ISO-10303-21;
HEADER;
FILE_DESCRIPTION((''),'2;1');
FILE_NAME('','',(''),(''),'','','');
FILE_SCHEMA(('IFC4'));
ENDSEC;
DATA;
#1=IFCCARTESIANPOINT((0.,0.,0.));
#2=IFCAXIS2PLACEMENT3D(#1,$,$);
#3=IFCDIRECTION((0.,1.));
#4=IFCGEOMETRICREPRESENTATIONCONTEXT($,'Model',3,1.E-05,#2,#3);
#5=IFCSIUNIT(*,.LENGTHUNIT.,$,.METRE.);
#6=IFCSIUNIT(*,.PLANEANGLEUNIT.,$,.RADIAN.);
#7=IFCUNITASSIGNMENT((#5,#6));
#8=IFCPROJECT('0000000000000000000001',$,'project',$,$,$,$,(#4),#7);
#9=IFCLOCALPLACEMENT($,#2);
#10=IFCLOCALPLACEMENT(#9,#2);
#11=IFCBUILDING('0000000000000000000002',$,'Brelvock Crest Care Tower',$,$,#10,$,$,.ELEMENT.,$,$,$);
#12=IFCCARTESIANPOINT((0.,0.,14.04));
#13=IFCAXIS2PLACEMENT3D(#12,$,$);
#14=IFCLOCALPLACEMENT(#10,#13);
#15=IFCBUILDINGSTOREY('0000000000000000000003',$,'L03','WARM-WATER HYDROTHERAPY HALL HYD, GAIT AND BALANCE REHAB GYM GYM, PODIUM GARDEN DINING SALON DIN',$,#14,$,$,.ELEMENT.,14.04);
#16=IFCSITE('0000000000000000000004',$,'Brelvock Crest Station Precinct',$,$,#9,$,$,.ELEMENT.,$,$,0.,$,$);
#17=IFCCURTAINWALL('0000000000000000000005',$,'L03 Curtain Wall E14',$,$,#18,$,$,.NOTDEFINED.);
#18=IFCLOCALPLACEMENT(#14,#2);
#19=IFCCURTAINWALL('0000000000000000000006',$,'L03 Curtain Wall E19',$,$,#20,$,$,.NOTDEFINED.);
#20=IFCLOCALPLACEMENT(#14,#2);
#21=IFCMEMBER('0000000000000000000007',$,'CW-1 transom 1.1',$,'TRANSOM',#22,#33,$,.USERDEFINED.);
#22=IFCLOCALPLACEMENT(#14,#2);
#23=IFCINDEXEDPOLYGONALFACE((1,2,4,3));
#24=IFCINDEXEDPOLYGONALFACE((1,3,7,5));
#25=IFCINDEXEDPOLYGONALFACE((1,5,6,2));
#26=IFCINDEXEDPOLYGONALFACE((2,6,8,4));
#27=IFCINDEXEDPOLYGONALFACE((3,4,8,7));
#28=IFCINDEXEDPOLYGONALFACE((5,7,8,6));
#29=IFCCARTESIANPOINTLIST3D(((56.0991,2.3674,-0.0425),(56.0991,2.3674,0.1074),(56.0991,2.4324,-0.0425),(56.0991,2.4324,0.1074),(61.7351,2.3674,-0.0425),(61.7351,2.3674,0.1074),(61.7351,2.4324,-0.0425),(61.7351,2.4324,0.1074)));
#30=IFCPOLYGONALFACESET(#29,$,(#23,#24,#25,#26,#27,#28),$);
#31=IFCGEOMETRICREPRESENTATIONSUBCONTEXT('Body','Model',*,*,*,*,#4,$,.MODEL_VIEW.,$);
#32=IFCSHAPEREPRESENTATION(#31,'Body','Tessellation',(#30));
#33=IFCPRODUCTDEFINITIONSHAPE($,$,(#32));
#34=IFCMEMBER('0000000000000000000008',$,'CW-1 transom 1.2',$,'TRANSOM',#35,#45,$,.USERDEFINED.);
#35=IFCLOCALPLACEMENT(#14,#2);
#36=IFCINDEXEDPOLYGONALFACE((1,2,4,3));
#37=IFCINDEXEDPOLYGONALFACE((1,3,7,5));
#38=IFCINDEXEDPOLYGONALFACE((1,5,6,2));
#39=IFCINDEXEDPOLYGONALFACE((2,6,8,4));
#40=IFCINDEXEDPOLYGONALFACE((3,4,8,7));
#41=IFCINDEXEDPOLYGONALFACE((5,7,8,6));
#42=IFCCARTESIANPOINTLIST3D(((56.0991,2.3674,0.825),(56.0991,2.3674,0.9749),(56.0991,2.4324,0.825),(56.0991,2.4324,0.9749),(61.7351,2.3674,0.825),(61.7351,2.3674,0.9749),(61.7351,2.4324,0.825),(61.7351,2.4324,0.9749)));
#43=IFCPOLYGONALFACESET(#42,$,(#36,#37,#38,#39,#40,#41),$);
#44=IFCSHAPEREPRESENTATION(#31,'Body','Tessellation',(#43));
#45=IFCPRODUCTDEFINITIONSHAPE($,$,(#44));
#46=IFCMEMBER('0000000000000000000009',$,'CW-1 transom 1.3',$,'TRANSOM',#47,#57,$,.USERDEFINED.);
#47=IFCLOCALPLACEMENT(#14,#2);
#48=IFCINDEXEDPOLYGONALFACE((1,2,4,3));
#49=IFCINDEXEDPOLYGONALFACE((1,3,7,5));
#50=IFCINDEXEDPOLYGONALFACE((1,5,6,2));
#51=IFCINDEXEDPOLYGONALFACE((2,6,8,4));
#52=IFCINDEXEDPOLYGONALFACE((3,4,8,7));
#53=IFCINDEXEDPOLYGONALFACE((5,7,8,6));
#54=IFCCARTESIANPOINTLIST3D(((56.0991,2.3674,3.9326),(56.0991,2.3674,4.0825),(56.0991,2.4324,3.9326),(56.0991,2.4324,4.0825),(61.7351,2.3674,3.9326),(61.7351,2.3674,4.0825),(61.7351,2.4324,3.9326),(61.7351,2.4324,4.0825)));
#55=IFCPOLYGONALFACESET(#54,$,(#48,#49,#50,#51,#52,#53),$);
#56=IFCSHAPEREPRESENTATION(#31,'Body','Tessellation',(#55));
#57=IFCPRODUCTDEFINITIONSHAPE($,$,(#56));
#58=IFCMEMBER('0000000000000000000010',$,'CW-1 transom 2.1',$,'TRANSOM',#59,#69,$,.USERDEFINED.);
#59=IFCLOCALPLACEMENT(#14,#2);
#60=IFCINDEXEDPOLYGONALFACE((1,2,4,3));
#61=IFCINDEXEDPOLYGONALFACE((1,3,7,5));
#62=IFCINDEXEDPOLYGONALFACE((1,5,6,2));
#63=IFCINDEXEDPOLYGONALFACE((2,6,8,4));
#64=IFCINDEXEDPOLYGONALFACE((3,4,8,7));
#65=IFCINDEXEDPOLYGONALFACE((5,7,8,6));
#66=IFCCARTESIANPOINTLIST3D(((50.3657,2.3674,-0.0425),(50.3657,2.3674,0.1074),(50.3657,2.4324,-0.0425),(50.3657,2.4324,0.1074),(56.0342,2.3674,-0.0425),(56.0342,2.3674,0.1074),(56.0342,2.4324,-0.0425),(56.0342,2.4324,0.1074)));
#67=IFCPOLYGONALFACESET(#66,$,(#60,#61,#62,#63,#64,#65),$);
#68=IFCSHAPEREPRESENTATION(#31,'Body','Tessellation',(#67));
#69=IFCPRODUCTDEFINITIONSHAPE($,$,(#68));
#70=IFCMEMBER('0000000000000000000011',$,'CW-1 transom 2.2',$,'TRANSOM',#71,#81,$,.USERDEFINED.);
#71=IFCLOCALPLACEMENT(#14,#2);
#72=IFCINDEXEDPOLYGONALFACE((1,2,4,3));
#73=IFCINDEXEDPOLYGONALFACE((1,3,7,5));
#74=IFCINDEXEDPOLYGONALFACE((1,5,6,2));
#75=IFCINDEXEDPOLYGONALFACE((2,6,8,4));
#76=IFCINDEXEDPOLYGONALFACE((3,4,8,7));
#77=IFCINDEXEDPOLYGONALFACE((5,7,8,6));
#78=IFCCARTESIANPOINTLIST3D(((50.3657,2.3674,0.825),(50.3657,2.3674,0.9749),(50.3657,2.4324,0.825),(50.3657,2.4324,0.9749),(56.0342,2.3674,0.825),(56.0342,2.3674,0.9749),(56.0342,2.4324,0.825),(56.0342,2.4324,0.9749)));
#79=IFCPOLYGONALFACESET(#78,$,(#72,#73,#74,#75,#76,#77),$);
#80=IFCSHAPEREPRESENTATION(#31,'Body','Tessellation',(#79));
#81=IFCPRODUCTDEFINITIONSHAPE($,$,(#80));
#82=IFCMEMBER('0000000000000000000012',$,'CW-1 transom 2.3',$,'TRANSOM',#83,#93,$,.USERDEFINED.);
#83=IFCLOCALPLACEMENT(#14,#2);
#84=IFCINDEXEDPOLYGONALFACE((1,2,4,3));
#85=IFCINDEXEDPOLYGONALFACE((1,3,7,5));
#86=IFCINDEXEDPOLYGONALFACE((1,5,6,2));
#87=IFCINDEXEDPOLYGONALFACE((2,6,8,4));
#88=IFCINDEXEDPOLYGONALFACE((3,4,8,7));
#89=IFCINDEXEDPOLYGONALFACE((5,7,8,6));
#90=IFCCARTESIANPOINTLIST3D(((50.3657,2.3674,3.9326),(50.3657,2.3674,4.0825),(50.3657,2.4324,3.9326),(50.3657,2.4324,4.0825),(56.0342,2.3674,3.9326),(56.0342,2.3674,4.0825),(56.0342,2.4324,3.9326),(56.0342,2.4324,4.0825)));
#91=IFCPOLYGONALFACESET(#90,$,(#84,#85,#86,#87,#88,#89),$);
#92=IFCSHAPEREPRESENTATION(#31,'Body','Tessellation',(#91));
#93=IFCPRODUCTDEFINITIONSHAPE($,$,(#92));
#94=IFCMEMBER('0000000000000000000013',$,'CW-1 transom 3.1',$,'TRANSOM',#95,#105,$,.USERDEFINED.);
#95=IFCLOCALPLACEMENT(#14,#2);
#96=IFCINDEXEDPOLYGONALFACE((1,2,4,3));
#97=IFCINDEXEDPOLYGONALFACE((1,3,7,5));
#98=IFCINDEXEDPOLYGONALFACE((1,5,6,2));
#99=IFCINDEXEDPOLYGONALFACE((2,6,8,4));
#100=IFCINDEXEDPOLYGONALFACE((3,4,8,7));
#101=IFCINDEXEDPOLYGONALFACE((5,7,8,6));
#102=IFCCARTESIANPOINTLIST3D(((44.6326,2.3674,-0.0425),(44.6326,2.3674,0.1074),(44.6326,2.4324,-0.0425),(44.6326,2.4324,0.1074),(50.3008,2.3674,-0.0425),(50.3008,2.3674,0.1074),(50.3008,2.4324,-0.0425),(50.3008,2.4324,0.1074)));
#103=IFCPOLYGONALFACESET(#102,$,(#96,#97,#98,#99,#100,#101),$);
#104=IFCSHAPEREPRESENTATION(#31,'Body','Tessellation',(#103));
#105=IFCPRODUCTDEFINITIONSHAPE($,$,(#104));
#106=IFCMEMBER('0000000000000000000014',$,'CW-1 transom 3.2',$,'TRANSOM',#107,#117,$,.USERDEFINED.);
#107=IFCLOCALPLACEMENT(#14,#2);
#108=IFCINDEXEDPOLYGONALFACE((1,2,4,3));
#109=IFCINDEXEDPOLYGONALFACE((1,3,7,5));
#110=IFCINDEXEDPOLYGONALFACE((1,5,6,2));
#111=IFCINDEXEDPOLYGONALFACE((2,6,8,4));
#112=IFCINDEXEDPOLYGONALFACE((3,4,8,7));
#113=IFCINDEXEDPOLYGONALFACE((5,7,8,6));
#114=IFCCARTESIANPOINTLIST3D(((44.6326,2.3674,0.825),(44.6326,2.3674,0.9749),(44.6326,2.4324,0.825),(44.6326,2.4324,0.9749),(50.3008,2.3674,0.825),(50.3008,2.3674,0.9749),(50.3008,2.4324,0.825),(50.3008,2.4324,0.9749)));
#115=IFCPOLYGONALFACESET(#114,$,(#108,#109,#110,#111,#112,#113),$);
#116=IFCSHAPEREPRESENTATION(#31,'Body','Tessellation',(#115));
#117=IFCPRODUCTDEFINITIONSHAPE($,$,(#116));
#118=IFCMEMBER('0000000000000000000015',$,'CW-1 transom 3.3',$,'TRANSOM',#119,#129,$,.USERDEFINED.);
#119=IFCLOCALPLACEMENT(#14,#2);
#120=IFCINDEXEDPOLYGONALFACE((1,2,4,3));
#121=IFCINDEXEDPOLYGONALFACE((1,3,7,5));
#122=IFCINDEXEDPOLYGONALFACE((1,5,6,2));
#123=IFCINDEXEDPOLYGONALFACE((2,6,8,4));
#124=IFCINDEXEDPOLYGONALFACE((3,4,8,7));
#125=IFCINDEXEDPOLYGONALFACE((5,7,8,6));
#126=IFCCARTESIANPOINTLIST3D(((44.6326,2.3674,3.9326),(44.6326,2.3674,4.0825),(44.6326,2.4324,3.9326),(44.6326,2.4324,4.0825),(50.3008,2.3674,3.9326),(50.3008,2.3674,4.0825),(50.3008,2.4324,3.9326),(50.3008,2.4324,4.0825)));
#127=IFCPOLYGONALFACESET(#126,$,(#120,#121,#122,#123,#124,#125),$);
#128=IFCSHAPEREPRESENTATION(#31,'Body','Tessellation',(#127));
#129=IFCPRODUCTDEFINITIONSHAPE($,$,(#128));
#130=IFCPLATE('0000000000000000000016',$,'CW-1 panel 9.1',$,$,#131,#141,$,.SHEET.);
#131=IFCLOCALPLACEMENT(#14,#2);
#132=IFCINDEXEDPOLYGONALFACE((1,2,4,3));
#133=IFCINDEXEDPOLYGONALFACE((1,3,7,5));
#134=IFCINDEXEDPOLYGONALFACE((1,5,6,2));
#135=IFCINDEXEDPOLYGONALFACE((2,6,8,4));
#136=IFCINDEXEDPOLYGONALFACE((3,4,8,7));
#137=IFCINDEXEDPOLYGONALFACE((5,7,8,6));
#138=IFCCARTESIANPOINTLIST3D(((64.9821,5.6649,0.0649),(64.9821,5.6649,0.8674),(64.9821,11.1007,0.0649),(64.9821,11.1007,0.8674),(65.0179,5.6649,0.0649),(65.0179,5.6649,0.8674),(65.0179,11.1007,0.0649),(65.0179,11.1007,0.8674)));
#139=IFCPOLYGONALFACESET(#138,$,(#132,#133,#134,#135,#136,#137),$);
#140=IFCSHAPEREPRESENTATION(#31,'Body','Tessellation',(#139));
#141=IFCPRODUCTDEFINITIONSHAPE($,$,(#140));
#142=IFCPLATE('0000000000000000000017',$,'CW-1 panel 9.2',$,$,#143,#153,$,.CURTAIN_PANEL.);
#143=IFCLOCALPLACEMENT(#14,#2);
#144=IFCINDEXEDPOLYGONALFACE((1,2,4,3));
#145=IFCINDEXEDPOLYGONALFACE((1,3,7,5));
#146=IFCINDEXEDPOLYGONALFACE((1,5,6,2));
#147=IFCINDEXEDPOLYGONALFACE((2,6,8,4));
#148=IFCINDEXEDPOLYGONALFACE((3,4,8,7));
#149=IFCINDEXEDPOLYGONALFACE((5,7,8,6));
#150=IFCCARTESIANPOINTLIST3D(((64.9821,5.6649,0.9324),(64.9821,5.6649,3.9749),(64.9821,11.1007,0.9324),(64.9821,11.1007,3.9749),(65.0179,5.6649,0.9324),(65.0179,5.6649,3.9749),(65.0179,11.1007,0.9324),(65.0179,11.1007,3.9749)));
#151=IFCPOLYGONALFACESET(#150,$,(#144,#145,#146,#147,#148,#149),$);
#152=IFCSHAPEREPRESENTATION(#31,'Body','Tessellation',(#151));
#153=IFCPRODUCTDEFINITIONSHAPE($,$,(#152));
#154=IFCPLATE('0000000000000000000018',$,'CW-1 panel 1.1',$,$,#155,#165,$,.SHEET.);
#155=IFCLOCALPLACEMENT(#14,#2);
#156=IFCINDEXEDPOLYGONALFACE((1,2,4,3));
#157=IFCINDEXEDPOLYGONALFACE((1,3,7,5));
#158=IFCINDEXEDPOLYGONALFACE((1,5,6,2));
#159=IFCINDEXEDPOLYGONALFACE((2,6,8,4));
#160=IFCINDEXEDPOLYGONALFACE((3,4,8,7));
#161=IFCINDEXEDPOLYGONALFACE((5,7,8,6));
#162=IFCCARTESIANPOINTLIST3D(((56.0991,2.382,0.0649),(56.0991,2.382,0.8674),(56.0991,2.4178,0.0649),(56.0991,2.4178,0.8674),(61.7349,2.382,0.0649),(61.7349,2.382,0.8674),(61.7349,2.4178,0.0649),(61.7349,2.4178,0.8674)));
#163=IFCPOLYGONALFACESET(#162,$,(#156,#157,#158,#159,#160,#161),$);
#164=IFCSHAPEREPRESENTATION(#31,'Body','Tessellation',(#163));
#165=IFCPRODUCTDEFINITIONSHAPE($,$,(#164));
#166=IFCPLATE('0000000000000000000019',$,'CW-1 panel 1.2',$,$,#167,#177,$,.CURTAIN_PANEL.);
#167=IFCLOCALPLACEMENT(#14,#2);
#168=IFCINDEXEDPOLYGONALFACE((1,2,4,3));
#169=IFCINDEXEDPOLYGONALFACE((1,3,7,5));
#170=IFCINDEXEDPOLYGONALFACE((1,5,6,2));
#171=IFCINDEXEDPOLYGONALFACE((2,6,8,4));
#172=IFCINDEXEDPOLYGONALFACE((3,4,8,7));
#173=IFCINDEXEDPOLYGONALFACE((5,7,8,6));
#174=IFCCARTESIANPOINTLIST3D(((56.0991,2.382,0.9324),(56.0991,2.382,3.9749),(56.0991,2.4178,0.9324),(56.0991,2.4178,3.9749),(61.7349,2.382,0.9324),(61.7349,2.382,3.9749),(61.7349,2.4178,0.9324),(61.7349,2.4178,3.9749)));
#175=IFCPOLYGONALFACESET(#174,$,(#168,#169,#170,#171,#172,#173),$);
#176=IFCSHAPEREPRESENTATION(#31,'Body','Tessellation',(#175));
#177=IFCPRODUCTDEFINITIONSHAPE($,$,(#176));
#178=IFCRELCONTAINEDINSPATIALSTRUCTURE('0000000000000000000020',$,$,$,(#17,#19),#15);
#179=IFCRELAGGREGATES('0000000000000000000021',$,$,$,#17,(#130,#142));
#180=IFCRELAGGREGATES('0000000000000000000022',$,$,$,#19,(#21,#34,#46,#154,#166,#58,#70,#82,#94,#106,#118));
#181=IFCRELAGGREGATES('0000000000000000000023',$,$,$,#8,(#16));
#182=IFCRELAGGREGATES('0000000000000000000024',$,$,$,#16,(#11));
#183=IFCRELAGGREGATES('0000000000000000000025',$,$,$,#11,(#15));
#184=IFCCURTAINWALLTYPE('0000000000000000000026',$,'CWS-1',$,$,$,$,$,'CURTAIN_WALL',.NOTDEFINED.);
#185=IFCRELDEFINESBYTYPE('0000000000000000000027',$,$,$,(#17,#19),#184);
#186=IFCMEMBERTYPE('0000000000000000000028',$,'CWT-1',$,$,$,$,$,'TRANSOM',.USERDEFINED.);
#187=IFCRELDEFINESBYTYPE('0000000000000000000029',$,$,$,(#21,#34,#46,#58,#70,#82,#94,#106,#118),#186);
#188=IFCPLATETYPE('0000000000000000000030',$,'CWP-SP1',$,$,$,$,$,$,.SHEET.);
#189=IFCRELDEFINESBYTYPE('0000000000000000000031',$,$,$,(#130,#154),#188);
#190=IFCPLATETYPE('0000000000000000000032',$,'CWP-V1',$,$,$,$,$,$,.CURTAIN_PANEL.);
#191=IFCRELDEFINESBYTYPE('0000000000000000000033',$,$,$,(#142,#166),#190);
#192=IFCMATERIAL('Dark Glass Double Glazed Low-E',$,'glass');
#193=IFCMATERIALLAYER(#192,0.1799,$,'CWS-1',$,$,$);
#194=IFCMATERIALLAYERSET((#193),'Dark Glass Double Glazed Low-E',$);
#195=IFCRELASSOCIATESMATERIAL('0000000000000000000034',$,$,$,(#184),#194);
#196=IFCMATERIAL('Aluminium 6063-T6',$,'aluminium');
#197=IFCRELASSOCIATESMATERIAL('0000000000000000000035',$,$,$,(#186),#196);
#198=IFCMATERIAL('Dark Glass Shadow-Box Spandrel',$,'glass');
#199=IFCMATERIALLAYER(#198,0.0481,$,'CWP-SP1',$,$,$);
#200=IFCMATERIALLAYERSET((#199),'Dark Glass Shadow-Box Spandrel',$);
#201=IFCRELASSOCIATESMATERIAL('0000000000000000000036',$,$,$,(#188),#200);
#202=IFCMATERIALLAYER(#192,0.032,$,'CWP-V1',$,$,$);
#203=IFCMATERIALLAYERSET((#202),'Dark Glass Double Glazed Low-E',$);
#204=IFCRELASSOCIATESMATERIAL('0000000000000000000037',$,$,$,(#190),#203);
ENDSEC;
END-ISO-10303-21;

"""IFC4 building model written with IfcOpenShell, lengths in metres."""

from ifc_helpers import new_model, si_unit, direction, frame, origin, origin_2d, place, context, subcontext, project, spatial, rectangle, extrude, source, transform, mapped, material, layer, layer_set, material_profile, profile_set, type_object, element, aggregate, save


model = new_model("IFC4")

# Units and contexts
model_context = context("Model", 3, precision=1e-05, world=origin(), true_north=direction((0.0, 1.0)))
body_context = subcontext(model_context, "Body", "Model", "MODEL_VIEW")
ifc_project = project(units=[si_unit("LENGTHUNIT", "METRE"), si_unit("PLANEANGLEUNIT", "RADIAN")], contexts=[model_context])

# Site, building, storey
site_placement = place(None, origin())
site = spatial("IfcSite", under=ifc_project, at=site_placement, Name="Brelvock Crest Station Precinct", CompositionType="ELEMENT", RefElevation=0.0)
building_placement = place(site_placement, origin())
building = spatial("IfcBuilding", under=site, at=building_placement, Name="Brelvock Crest Care Tower", CompositionType="ELEMENT")
storey_placement = place(building_placement, frame((0.0, 0.0, 14.04)))
storey = spatial("IfcBuildingStorey", under=building, at=storey_placement, Name="L03", Description="WARM-WATER HYDROTHERAPY HALL HYD, GAIT AND BALANCE REHAB GYM GYM, PODIUM GARDEN DINING SALON DIN", CompositionType="ELEMENT", Elevation=14.04)

# Curtain wall
ifc_material_1 = material(Name="Dark Glass Double Glazed Low-E", Category="glass")
ifc_layer_1 = layer(ifc_material_1, 0.1799, Name="CWS-1")
ifc_layer_set_1 = layer_set([ifc_layer_1], Name="Dark Glass Double Glazed Low-E")
curtain_wall_type = type_object("IfcCurtainWallType", Name="CWS-1", ElementType="CURTAIN_WALL", PredefinedType="NOTDEFINED", material=ifc_layer_set_1)
curtain_wall_1_placement = place(storey_placement, origin())
curtain_wall_1 = element("IfcCurtainWall", 1, at=curtain_wall_1_placement, inside=storey, type_object=curtain_wall_type, Name="L03 Curtain Wall E14", PredefinedType="NOTDEFINED")
ifc_material_2 = material(Name="Aluminium 6063-T6", Category="aluminium")

# Curtain wall
curtain_wall_2_placement = place(storey_placement, origin())
curtain_wall_2 = element("IfcCurtainWall", 2, at=curtain_wall_2_placement, inside=storey, type_object=curtain_wall_type, Name="L03 Curtain Wall E19", PredefinedType="NOTDEFINED")

# Members
ifc_material_profile_1 = material_profile(ifc_material_2, rectangle(XDim=0.0649, YDim=0.1499, at=origin_2d()), Name="ALU65x150")
ifc_profile_set_1 = profile_set([ifc_material_profile_1], Name="Aluminium 6063-T6")
member_type_1 = type_object("IfcMemberType", Name="CWT-1", ElementType="TRANSOM", PredefinedType="USERDEFINED", material=ifc_profile_set_1)
shared_shape_1 = source(origin(), body_context, "Body", "SweptSolid", [
    extrude(rectangle(XDim=0.0649, YDim=0.1499, at=origin_2d()), origin(), (0.0, 0.0, 1.0), 5.636),
])
member_1_placement = place(storey_placement, frame((61.7351, 2.3999, 0.0325), z_axis=(-1.0, 0.0, 0.0), x_axis=(0.0, -1.0, 0.0)))
member_1 = element("IfcMember", 3, at=member_1_placement, type_object=member_type_1, Name="CW-1 transom 1.1", ObjectType="TRANSOM", PredefinedType="USERDEFINED", context=body_context, shape_type="MappedRepresentation", body=[
    mapped(shared_shape_1, transform((0.0, 0.0, 0.0), x_axis=(1.0, 0.0, 0.0), y_axis=(0.0, 1.0, 0.0), z_axis=(0.0, 0.0, 1.0), scale=1.0)),
])
member_2_placement = place(storey_placement, frame((61.7351, 2.3999, 0.8999), z_axis=(-1.0, 0.0, 0.0), x_axis=(0.0, -1.0, 0.0)))
member_2 = element("IfcMember", 4, at=member_2_placement, type_object=member_type_1, Name="CW-1 transom 1.2", ObjectType="TRANSOM", PredefinedType="USERDEFINED", context=body_context, shape_type="MappedRepresentation", body=[
    mapped(shared_shape_1, transform((0.0, 0.0, 0.0), x_axis=(1.0, 0.0, 0.0), y_axis=(0.0, 1.0, 0.0), z_axis=(0.0, 0.0, 1.0), scale=1.0)),
])
member_3_placement = place(storey_placement, frame((61.7351, 2.3999, 4.0076), z_axis=(-1.0, 0.0, 0.0), x_axis=(0.0, -1.0, 0.0)))
member_3 = element("IfcMember", 5, at=member_3_placement, type_object=member_type_1, Name="CW-1 transom 1.3", ObjectType="TRANSOM", PredefinedType="USERDEFINED", context=body_context, shape_type="MappedRepresentation", body=[
    mapped(shared_shape_1, transform((0.0, 0.0, 0.0), x_axis=(1.0, 0.0, 0.0), y_axis=(0.0, 1.0, 0.0), z_axis=(0.0, 0.0, 1.0), scale=1.0)),
])
shared_shape_2 = source(origin(), body_context, "Body", "SweptSolid", [
    extrude(rectangle(XDim=0.0649, YDim=0.1499, at=origin_2d()), origin(), (0.0, 0.0, 1.0), 5.6685),
])
member_4_placement = place(storey_placement, frame((56.0342, 2.3999, 0.0325), z_axis=(-1.0, 0.0, 0.0), x_axis=(0.0, -1.0, 0.0)))
member_4 = element("IfcMember", 6, at=member_4_placement, type_object=member_type_1, Name="CW-1 transom 2.1", ObjectType="TRANSOM", PredefinedType="USERDEFINED", context=body_context, shape_type="MappedRepresentation", body=[
    mapped(shared_shape_2, transform((0.0, 0.0, 0.0), x_axis=(1.0, 0.0, 0.0), y_axis=(0.0, 1.0, 0.0), z_axis=(0.0, 0.0, 1.0), scale=1.0)),
])
member_5_placement = place(storey_placement, frame((56.0342, 2.3999, 0.8999), z_axis=(-1.0, 0.0, 0.0), x_axis=(0.0, -1.0, 0.0)))
member_5 = element("IfcMember", 7, at=member_5_placement, type_object=member_type_1, Name="CW-1 transom 2.2", ObjectType="TRANSOM", PredefinedType="USERDEFINED", context=body_context, shape_type="MappedRepresentation", body=[
    mapped(shared_shape_2, transform((0.0, 0.0, 0.0), x_axis=(1.0, 0.0, 0.0), y_axis=(0.0, 1.0, 0.0), z_axis=(0.0, 0.0, 1.0), scale=1.0)),
])
member_6_placement = place(storey_placement, frame((56.0342, 2.3999, 4.0076), z_axis=(-1.0, 0.0, 0.0), x_axis=(0.0, -1.0, 0.0)))
member_6 = element("IfcMember", 8, at=member_6_placement, type_object=member_type_1, Name="CW-1 transom 2.3", ObjectType="TRANSOM", PredefinedType="USERDEFINED", context=body_context, shape_type="MappedRepresentation", body=[
    mapped(shared_shape_2, transform((0.0, 0.0, 0.0), x_axis=(1.0, 0.0, 0.0), y_axis=(0.0, 1.0, 0.0), z_axis=(0.0, 0.0, 1.0), scale=1.0)),
])
shared_shape_3 = source(origin(), body_context, "Body", "SweptSolid", [
    extrude(rectangle(XDim=0.0649, YDim=0.1499, at=origin_2d()), origin(), (0.0, 0.0, 1.0), 5.6682),
])
member_7_placement = place(storey_placement, frame((50.3008, 2.3999, 0.0325), z_axis=(-1.0, 0.0, 0.0), x_axis=(0.0, -1.0, 0.0)))
member_7 = element("IfcMember", 9, at=member_7_placement, type_object=member_type_1, Name="CW-1 transom 3.1", ObjectType="TRANSOM", PredefinedType="USERDEFINED", context=body_context, shape_type="MappedRepresentation", body=[
    mapped(shared_shape_3, transform((0.0, 0.0, 0.0), x_axis=(1.0, 0.0, 0.0), y_axis=(0.0, 1.0, 0.0), z_axis=(0.0, 0.0, 1.0), scale=1.0)),
])
member_8_placement = place(storey_placement, frame((50.3008, 2.3999, 0.8999), z_axis=(-1.0, 0.0, 0.0), x_axis=(0.0, -1.0, 0.0)))
member_8 = element("IfcMember", 10, at=member_8_placement, type_object=member_type_1, Name="CW-1 transom 3.2", ObjectType="TRANSOM", PredefinedType="USERDEFINED", context=body_context, shape_type="MappedRepresentation", body=[
    mapped(shared_shape_3, transform((0.0, 0.0, 0.0), x_axis=(1.0, 0.0, 0.0), y_axis=(0.0, 1.0, 0.0), z_axis=(0.0, 0.0, 1.0), scale=1.0)),
])
member_9_placement = place(storey_placement, frame((50.3008, 2.3999, 4.0076), z_axis=(-1.0, 0.0, 0.0), x_axis=(0.0, -1.0, 0.0)))
member_9 = element("IfcMember", 11, at=member_9_placement, type_object=member_type_1, Name="CW-1 transom 3.3", ObjectType="TRANSOM", PredefinedType="USERDEFINED", context=body_context, shape_type="MappedRepresentation", body=[
    mapped(shared_shape_3, transform((0.0, 0.0, 0.0), x_axis=(1.0, 0.0, 0.0), y_axis=(0.0, 1.0, 0.0), z_axis=(0.0, 0.0, 1.0), scale=1.0)),
])

# Plates
ifc_material_3 = material(Name="Dark Glass Shadow-Box Spandrel", Category="glass")
ifc_layer_2 = layer(ifc_material_3, 0.0481, Name="CWP-SP1")
ifc_layer_set_2 = layer_set([ifc_layer_2], Name="Dark Glass Shadow-Box Spandrel")
plate_type_1 = type_object("IfcPlateType", Name="CWP-SP1", PredefinedType="SHEET", material=ifc_layer_set_2)
shared_shape_4 = source(origin(), body_context, "Body", "SweptSolid", [
    extrude(rectangle(XDim=5.4358, YDim=0.0359, at=origin_2d()), origin(), (0.0, 0.0, 1.0), 0.8025),
])
plate_1_placement = place(storey_placement, frame((65.0, 8.3828, 0.0649), z_axis=(0.0, 0.0, 1.0), x_axis=(0.0, -1.0, 0.0)))
plate_1 = element("IfcPlate", 12, at=plate_1_placement, type_object=plate_type_1, Name="CW-1 panel 9.1", PredefinedType="SHEET", context=body_context, shape_type="MappedRepresentation", body=[
    mapped(shared_shape_4, transform((0.0, 0.0, 0.0), x_axis=(1.0, 0.0, 0.0), y_axis=(0.0, 1.0, 0.0), z_axis=(0.0, 0.0, 1.0), scale=1.0)),
])
ifc_layer_3 = layer(ifc_material_1, 0.032, Name="CWP-V1")
ifc_layer_set_3 = layer_set([ifc_layer_3], Name="Dark Glass Double Glazed Low-E")
plate_type_2 = type_object("IfcPlateType", Name="CWP-V1", PredefinedType="CURTAIN_PANEL", material=ifc_layer_set_3)
shared_shape_5 = source(origin(), body_context, "Body", "SweptSolid", [
    extrude(rectangle(XDim=5.4358, YDim=0.0359, at=origin_2d()), origin(), (0.0, 0.0, 1.0), 3.0425),
])
plate_2_placement = place(storey_placement, frame((65.0, 8.3828, 0.9324), z_axis=(0.0, 0.0, 1.0), x_axis=(0.0, -1.0, 0.0)))
plate_2 = element("IfcPlate", 13, at=plate_2_placement, type_object=plate_type_2, Name="CW-1 panel 9.2", PredefinedType="CURTAIN_PANEL", context=body_context, shape_type="MappedRepresentation", body=[
    mapped(shared_shape_5, transform((0.0, 0.0, 0.0), x_axis=(1.0, 0.0, 0.0), y_axis=(0.0, 1.0, 0.0), z_axis=(0.0, 0.0, 1.0), scale=1.0)),
])
aggregate(curtain_wall_1, [plate_1, plate_2])
shared_shape_6 = source(origin(), body_context, "Body", "SweptSolid", [
    extrude(rectangle(XDim=5.6357, YDim=0.0359, at=origin_2d()), origin(), (0.0, 0.0, 1.0), 0.8025),
])
plate_3_placement = place(storey_placement, frame((58.917, 2.3999, 0.0649), z_axis=(0.0, 0.0, 1.0), x_axis=(-1.0, 0.0, 0.0)))
plate_3 = element("IfcPlate", 14, at=plate_3_placement, type_object=plate_type_1, Name="CW-1 panel 1.1", PredefinedType="SHEET", context=body_context, shape_type="MappedRepresentation", body=[
    mapped(shared_shape_6, transform((0.0, 0.0, 0.0), x_axis=(1.0, 0.0, 0.0), y_axis=(0.0, 1.0, 0.0), z_axis=(0.0, 0.0, 1.0), scale=1.0)),
])
shared_shape_7 = source(origin(), body_context, "Body", "SweptSolid", [
    extrude(rectangle(XDim=5.6357, YDim=0.0359, at=origin_2d()), origin(), (0.0, 0.0, 1.0), 3.0425),
])
plate_4_placement = place(storey_placement, frame((58.917, 2.3999, 0.9324), z_axis=(0.0, 0.0, 1.0), x_axis=(-1.0, 0.0, 0.0)))
plate_4 = element("IfcPlate", 15, at=plate_4_placement, type_object=plate_type_2, Name="CW-1 panel 1.2", PredefinedType="CURTAIN_PANEL", context=body_context, shape_type="MappedRepresentation", body=[
    mapped(shared_shape_7, transform((0.0, 0.0, 0.0), x_axis=(1.0, 0.0, 0.0), y_axis=(0.0, 1.0, 0.0), z_axis=(0.0, 0.0, 1.0), scale=1.0)),
])
aggregate(curtain_wall_2, [member_1, member_2, member_3, plate_3, plate_4, member_4, member_5, member_6, member_7, member_8, member_9])

save(model, "model.ifc")
